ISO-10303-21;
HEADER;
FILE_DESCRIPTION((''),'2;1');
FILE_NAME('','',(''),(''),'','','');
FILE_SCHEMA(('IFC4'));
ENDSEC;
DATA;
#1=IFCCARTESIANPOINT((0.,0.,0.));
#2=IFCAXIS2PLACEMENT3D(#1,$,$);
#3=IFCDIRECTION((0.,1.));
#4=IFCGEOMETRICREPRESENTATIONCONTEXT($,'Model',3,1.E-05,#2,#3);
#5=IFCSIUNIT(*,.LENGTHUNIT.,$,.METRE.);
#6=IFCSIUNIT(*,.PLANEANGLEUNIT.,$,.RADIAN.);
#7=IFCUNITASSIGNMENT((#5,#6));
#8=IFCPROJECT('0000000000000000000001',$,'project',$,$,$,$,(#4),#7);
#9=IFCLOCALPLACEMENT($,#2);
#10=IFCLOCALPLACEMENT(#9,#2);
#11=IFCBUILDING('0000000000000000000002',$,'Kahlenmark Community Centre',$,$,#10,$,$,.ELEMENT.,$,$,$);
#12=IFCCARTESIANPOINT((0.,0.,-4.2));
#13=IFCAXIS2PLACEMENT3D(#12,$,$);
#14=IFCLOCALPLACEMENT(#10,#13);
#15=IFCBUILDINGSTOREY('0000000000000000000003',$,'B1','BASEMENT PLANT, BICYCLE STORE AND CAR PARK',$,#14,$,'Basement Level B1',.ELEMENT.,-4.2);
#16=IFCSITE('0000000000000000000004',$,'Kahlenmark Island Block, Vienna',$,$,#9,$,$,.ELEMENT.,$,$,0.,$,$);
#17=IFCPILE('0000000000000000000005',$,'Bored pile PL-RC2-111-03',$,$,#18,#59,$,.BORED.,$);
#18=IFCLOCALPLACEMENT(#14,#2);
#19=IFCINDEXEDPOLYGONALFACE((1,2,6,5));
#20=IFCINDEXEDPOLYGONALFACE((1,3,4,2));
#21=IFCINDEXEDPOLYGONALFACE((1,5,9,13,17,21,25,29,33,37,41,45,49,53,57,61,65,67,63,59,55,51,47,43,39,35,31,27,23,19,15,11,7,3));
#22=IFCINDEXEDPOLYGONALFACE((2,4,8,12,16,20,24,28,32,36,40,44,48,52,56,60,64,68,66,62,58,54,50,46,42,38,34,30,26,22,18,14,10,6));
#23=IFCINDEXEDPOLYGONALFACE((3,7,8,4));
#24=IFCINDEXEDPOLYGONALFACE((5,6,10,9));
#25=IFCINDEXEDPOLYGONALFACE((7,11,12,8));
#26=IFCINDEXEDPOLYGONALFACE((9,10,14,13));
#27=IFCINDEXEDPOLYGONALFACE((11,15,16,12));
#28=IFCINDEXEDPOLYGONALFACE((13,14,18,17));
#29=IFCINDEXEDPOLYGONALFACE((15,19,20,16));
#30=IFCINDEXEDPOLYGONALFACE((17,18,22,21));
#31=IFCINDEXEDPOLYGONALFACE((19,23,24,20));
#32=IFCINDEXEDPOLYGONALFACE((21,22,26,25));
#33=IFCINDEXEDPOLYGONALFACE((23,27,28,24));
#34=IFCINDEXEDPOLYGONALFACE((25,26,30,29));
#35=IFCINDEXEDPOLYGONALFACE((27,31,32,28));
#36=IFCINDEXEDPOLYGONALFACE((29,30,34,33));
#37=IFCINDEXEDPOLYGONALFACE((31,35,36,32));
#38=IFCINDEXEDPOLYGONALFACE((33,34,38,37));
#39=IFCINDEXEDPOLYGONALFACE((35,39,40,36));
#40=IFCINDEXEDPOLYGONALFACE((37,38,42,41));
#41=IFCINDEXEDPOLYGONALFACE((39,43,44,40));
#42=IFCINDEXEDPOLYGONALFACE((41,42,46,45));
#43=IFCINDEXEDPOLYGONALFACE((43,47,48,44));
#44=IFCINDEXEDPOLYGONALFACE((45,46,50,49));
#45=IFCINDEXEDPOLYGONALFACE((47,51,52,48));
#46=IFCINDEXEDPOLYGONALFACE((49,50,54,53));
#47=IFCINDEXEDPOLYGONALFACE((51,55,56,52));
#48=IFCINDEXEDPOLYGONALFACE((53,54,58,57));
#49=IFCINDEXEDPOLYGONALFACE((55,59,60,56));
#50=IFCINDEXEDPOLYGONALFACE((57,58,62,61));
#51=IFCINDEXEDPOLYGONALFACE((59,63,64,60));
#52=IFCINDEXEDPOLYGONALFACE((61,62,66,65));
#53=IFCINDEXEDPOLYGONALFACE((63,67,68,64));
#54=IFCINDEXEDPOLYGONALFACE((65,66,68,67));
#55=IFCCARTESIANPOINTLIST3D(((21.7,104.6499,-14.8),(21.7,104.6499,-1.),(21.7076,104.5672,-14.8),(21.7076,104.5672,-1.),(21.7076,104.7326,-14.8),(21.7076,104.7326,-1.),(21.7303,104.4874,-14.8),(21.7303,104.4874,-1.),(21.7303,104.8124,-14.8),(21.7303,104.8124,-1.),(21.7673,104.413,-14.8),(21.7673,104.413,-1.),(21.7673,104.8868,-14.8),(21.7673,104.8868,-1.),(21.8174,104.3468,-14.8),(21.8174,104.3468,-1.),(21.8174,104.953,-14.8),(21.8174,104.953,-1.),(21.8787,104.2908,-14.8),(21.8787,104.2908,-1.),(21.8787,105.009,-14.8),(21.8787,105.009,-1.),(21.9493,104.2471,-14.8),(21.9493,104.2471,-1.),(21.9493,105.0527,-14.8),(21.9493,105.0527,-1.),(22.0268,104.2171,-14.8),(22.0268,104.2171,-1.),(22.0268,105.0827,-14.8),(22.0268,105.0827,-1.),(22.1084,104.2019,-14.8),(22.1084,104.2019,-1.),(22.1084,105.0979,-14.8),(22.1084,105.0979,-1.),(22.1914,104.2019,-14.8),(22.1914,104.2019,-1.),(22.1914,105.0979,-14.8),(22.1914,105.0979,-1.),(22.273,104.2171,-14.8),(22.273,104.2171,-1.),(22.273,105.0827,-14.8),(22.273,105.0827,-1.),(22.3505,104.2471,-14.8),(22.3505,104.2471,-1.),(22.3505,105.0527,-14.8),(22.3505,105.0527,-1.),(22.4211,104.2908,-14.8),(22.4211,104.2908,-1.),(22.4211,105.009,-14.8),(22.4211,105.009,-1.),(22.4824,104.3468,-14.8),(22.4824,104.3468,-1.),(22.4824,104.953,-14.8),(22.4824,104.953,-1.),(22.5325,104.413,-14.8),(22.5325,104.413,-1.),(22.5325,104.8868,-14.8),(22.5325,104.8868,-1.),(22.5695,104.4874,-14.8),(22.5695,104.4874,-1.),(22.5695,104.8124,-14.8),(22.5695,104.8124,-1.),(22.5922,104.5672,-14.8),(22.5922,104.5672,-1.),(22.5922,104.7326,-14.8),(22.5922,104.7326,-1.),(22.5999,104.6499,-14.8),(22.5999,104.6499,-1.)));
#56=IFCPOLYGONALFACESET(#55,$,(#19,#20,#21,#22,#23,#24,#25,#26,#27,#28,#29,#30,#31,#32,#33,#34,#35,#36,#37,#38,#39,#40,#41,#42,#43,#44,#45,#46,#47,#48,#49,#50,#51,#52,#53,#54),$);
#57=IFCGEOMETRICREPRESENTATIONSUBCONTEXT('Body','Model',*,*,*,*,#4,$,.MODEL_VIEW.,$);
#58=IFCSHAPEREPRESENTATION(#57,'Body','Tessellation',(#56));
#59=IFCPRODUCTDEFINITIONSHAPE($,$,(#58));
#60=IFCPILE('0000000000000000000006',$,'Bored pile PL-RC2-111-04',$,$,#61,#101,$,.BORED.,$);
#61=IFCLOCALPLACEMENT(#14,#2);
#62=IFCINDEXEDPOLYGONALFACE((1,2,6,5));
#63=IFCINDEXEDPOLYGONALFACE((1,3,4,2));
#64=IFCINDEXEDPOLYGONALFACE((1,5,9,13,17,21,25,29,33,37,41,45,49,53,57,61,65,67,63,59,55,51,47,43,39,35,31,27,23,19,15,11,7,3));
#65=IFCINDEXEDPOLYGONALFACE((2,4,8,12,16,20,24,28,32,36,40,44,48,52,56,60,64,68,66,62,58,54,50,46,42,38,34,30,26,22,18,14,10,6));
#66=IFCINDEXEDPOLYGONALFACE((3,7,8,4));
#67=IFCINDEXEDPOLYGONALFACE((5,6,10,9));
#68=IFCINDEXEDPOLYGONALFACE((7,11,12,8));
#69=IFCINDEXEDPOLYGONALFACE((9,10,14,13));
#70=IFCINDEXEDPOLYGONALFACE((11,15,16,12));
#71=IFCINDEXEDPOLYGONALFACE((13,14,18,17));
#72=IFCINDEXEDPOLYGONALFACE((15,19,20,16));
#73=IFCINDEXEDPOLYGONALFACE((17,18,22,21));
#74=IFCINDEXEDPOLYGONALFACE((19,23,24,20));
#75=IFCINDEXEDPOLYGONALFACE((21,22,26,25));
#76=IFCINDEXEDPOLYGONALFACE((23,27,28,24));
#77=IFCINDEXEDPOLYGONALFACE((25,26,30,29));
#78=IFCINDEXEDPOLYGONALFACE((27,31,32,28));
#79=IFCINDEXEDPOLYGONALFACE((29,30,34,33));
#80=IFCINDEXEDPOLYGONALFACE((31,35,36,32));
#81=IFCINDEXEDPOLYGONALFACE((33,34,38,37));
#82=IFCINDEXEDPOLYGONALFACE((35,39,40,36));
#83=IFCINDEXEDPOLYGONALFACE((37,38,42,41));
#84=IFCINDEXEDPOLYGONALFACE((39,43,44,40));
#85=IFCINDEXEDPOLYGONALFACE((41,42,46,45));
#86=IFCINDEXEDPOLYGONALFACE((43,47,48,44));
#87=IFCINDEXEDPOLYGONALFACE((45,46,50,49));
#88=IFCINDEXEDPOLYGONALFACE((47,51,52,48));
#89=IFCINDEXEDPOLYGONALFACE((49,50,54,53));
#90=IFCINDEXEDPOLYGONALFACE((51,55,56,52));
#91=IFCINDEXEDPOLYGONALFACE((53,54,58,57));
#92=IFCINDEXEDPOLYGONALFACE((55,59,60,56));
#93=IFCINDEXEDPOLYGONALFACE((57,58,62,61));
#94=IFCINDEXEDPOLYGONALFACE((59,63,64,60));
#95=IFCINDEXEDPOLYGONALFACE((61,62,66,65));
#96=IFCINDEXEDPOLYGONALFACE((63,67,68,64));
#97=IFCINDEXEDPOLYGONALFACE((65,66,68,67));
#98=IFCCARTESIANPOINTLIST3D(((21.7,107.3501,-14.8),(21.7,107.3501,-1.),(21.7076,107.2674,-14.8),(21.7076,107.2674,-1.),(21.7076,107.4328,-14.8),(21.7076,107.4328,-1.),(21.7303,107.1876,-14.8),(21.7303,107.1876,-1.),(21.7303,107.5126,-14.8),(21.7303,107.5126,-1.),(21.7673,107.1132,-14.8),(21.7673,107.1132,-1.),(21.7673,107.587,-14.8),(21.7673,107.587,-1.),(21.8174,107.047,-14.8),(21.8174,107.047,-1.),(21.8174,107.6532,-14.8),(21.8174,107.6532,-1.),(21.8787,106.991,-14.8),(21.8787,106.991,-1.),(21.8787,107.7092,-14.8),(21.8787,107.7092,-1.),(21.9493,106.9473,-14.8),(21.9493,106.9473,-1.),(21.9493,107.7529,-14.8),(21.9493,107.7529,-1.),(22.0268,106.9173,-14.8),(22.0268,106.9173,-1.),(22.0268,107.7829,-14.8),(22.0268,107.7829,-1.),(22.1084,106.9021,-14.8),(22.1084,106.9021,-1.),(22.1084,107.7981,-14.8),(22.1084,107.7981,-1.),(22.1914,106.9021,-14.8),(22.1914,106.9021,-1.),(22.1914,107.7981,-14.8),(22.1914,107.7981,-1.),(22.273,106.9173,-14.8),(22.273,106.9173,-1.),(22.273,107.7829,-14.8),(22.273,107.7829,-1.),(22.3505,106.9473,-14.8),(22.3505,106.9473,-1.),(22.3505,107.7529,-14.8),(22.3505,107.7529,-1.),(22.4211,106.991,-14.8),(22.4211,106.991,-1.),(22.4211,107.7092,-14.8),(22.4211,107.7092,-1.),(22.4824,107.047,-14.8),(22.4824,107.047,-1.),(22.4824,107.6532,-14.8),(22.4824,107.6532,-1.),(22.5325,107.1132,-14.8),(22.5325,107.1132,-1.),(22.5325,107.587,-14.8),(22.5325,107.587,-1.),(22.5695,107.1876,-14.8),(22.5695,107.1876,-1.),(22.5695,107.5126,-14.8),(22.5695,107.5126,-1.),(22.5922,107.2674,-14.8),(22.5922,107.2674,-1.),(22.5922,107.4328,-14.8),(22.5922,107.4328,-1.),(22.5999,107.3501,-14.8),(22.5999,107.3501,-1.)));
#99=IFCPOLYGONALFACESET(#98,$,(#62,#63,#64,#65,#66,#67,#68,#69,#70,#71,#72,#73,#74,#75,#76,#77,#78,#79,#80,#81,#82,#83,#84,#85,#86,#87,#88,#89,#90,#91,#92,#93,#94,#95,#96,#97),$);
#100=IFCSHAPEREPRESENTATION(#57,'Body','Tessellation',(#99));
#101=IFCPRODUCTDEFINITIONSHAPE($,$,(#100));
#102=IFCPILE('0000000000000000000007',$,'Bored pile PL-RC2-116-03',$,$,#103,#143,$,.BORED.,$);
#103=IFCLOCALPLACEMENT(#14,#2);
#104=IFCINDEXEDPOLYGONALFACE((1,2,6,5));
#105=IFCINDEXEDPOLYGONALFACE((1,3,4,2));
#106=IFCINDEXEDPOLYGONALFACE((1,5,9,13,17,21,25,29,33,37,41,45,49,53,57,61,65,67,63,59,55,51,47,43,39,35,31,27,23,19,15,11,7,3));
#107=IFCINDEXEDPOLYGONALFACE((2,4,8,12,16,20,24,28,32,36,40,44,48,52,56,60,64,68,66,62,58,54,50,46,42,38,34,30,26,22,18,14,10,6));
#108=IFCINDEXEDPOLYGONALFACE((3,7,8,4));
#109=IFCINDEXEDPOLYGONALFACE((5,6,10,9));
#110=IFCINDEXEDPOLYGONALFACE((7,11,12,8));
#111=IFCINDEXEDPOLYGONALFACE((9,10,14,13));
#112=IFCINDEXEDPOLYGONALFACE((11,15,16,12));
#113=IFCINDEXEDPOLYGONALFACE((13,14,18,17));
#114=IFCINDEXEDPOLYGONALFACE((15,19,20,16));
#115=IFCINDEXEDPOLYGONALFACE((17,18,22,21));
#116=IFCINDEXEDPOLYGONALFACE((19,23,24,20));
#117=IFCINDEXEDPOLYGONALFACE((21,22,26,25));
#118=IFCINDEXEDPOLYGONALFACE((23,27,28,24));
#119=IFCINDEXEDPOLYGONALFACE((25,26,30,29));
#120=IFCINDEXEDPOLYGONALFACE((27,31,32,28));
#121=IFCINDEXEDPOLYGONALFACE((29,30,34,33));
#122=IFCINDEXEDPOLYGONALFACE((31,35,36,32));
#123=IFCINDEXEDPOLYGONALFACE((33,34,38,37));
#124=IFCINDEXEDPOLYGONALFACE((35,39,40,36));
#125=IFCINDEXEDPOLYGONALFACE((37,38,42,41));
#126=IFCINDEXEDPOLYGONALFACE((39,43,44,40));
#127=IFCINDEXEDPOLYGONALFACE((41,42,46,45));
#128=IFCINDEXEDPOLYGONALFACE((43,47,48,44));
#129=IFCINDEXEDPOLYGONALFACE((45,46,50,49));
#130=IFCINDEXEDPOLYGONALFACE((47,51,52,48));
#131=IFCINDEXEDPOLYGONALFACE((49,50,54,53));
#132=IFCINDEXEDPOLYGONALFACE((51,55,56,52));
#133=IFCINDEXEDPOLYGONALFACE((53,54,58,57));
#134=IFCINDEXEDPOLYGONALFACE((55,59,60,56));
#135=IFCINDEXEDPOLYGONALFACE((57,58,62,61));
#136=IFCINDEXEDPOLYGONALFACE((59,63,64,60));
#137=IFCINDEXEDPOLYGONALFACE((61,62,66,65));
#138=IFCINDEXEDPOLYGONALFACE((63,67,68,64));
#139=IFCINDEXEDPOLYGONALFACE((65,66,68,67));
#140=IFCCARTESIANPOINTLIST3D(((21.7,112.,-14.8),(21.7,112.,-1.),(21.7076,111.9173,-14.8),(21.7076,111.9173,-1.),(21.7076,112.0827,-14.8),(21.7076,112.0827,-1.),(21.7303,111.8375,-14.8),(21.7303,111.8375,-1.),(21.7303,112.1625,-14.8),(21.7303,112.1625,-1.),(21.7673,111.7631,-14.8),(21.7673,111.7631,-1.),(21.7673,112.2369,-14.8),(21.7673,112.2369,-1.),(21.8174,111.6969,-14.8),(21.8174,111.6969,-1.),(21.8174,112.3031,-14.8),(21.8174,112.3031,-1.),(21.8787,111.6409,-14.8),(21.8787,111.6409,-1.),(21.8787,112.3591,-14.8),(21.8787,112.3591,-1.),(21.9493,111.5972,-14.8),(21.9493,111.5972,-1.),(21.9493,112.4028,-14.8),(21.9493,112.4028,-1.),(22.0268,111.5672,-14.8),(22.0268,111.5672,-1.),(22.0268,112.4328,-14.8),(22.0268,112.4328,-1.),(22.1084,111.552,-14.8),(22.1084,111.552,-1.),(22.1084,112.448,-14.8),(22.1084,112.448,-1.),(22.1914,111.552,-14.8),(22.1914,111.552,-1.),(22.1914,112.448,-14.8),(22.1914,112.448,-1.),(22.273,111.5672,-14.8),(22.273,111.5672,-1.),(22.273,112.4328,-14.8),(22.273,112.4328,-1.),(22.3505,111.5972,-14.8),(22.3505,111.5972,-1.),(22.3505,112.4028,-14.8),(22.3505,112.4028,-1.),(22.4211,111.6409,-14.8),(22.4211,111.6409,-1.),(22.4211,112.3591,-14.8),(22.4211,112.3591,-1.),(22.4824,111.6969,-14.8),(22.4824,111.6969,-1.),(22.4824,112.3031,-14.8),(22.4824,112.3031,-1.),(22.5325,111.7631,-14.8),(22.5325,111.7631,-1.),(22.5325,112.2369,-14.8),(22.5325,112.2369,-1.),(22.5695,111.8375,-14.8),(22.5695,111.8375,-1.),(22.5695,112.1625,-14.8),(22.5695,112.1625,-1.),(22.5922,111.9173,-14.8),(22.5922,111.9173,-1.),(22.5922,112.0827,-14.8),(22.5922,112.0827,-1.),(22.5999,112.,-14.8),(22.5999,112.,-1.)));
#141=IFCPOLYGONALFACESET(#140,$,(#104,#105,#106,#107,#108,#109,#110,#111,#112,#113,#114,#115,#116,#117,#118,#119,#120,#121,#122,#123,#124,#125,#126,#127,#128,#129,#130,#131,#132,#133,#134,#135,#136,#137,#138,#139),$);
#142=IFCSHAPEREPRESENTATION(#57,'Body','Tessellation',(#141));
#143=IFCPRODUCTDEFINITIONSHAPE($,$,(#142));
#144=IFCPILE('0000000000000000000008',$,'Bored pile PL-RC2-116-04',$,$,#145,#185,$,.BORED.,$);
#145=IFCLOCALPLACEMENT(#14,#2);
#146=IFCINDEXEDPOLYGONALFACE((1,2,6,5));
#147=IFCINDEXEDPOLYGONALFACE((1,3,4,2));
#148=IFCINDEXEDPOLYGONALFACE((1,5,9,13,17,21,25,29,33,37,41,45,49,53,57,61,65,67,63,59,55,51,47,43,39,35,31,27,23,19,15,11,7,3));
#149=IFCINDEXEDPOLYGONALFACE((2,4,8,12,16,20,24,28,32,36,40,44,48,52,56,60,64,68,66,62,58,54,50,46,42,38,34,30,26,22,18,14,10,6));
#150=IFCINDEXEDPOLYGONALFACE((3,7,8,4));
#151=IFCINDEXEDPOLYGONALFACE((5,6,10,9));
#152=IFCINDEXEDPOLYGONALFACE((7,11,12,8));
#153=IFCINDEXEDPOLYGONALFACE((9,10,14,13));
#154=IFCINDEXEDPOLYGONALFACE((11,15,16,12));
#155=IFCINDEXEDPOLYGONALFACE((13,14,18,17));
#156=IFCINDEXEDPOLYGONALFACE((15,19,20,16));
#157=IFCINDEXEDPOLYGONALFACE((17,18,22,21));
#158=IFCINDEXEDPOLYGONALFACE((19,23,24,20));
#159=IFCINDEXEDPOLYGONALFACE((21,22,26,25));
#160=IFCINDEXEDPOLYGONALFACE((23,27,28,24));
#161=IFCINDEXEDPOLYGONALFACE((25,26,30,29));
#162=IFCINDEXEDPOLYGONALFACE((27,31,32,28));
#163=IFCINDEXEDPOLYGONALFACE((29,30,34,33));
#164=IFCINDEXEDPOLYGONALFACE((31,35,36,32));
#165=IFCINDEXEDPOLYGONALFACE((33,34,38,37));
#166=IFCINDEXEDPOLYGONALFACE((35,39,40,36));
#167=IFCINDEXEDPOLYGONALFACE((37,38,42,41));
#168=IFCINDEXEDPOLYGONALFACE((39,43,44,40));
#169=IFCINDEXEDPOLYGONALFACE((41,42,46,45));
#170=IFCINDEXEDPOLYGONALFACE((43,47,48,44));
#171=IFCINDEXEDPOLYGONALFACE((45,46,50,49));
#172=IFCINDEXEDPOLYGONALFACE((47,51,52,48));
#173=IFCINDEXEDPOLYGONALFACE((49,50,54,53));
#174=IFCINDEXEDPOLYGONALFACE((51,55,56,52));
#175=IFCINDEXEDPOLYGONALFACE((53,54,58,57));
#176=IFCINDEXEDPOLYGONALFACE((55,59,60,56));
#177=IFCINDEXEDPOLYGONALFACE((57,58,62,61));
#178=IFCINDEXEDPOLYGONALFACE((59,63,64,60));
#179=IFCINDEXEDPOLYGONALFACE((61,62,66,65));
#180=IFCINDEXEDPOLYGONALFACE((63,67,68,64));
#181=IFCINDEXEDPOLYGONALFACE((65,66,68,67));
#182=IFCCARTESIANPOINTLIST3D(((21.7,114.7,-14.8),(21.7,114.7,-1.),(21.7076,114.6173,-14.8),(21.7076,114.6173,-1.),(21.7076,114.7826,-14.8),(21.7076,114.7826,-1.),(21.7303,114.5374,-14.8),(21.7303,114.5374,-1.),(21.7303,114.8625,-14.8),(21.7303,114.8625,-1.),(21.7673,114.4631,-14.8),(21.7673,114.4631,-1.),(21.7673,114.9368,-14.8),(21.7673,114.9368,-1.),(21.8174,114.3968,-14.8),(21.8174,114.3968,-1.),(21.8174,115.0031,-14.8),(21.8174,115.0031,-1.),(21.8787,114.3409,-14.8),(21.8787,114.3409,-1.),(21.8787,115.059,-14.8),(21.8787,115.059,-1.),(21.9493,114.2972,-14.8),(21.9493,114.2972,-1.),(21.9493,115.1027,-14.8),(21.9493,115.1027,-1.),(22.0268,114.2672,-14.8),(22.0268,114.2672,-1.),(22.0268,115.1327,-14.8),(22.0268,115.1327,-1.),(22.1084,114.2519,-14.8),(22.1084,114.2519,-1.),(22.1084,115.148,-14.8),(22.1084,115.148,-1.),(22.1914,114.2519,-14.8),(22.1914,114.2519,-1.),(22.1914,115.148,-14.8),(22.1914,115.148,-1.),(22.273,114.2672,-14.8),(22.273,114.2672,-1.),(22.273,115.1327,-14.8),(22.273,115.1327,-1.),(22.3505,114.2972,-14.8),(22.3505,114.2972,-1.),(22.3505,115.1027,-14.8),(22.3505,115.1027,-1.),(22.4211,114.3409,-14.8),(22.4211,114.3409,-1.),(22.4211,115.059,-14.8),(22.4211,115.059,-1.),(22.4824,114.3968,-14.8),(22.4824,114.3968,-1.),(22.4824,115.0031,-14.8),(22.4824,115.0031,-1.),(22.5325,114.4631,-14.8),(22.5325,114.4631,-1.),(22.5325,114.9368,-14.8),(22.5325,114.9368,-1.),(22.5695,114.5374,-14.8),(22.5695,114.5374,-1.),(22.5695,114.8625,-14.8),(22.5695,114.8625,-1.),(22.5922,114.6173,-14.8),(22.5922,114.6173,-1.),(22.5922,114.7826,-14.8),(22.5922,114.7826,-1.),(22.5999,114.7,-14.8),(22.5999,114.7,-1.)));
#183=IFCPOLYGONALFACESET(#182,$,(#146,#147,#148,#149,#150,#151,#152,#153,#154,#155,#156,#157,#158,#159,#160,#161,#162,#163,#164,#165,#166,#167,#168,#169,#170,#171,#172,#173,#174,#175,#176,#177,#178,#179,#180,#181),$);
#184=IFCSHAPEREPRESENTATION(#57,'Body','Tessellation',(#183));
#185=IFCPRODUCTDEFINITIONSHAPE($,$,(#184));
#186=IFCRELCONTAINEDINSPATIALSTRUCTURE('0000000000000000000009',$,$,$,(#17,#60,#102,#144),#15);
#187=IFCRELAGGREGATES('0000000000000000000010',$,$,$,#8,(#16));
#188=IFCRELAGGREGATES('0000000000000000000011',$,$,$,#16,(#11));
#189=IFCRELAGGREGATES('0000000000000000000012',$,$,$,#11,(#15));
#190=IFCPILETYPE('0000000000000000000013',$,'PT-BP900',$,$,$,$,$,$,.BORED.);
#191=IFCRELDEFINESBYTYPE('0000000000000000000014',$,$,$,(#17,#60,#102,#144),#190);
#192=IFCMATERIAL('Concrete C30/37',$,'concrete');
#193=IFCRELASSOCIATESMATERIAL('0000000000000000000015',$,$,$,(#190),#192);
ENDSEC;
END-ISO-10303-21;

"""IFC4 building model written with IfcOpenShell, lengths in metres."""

from ifc_helpers import new_model, si_unit, direction, frame, origin, origin_2d, place, context, subcontext, project, spatial, circle, extrude, material, material_profile, profile_set, type_object, element, save


model = new_model("IFC4")

# Units and contexts
model_context = context("Model", 3, precision=1e-05, world=origin(), true_north=direction((0.0, 1.0)))
body_context = subcontext(model_context, "Body", "Model", "MODEL_VIEW")
ifc_project = project(units=[si_unit("LENGTHUNIT", "METRE"), si_unit("PLANEANGLEUNIT", "RADIAN")], contexts=[model_context])

# Site, building, storey
site_placement = place(None, origin())
site = spatial("IfcSite", under=ifc_project, at=site_placement, Name="Kahlenmark Island Block, Vienna", CompositionType="ELEMENT", RefElevation=0.0)
building_placement = place(site_placement, origin())
building = spatial("IfcBuilding", under=site, at=building_placement, Name="Kahlenmark Community Centre", CompositionType="ELEMENT")
storey_placement = place(building_placement, frame((0.0, 0.0, -4.2)))
storey = spatial("IfcBuildingStorey", under=building, at=storey_placement, Name="B1", Description="BASEMENT PLANT, BICYCLE STORE AND CAR PARK", LongName="Basement Level B1", CompositionType="ELEMENT", Elevation=-4.2)

# Shared definitions
ifc_material_1 = material(Name="Concrete C30/37", Category="concrete")

# Piles
ifc_material_profile_1 = material_profile(ifc_material_1, circle(Radius=0.45, at=origin_2d()), Name="BORED PILE 900")
ifc_profile_set_1 = profile_set([ifc_material_profile_1], Name="Concrete C30/37")
pile_type_1 = type_object("IfcPileType", Name="PT-BP900", PredefinedType="BORED", material=ifc_profile_set_1)
for number, where, z_axis, x_axis, name in (
    (1, (22.1499, 104.6499, -1.0), (0.0, 0.0, -1.0), (1.0, 0.0, 0.0), "Bored pile PL-RC2-111-03"),
    (2, (22.1499, 107.3501, -1.0), (0.0, 0.0, -1.0), (1.0, 0.0, 0.0), "Bored pile PL-RC2-111-04"),
    (3, (22.1499, 112.0, -1.0), (0.0, 0.0, -1.0), (1.0, 0.0, 0.0), "Bored pile PL-RC2-116-03"),
    (4, (22.1499, 114.7, -1.0), (0.0, 0.0, -1.0), (1.0, 0.0, 0.0), "Bored pile PL-RC2-116-04"),
):
    element("IfcPile", number, at=place(storey_placement, frame(where, z_axis=z_axis, x_axis=x_axis)), inside=storey, type_object=pile_type_1, Name=name, PredefinedType="BORED", context=body_context, shape_type="SweptSolid", body=[
        extrude(circle(Radius=0.45, at=origin_2d()), origin(), (0.0, 0.0, 1.0), 13.8),
    ])

save(model, "model.ifc")
